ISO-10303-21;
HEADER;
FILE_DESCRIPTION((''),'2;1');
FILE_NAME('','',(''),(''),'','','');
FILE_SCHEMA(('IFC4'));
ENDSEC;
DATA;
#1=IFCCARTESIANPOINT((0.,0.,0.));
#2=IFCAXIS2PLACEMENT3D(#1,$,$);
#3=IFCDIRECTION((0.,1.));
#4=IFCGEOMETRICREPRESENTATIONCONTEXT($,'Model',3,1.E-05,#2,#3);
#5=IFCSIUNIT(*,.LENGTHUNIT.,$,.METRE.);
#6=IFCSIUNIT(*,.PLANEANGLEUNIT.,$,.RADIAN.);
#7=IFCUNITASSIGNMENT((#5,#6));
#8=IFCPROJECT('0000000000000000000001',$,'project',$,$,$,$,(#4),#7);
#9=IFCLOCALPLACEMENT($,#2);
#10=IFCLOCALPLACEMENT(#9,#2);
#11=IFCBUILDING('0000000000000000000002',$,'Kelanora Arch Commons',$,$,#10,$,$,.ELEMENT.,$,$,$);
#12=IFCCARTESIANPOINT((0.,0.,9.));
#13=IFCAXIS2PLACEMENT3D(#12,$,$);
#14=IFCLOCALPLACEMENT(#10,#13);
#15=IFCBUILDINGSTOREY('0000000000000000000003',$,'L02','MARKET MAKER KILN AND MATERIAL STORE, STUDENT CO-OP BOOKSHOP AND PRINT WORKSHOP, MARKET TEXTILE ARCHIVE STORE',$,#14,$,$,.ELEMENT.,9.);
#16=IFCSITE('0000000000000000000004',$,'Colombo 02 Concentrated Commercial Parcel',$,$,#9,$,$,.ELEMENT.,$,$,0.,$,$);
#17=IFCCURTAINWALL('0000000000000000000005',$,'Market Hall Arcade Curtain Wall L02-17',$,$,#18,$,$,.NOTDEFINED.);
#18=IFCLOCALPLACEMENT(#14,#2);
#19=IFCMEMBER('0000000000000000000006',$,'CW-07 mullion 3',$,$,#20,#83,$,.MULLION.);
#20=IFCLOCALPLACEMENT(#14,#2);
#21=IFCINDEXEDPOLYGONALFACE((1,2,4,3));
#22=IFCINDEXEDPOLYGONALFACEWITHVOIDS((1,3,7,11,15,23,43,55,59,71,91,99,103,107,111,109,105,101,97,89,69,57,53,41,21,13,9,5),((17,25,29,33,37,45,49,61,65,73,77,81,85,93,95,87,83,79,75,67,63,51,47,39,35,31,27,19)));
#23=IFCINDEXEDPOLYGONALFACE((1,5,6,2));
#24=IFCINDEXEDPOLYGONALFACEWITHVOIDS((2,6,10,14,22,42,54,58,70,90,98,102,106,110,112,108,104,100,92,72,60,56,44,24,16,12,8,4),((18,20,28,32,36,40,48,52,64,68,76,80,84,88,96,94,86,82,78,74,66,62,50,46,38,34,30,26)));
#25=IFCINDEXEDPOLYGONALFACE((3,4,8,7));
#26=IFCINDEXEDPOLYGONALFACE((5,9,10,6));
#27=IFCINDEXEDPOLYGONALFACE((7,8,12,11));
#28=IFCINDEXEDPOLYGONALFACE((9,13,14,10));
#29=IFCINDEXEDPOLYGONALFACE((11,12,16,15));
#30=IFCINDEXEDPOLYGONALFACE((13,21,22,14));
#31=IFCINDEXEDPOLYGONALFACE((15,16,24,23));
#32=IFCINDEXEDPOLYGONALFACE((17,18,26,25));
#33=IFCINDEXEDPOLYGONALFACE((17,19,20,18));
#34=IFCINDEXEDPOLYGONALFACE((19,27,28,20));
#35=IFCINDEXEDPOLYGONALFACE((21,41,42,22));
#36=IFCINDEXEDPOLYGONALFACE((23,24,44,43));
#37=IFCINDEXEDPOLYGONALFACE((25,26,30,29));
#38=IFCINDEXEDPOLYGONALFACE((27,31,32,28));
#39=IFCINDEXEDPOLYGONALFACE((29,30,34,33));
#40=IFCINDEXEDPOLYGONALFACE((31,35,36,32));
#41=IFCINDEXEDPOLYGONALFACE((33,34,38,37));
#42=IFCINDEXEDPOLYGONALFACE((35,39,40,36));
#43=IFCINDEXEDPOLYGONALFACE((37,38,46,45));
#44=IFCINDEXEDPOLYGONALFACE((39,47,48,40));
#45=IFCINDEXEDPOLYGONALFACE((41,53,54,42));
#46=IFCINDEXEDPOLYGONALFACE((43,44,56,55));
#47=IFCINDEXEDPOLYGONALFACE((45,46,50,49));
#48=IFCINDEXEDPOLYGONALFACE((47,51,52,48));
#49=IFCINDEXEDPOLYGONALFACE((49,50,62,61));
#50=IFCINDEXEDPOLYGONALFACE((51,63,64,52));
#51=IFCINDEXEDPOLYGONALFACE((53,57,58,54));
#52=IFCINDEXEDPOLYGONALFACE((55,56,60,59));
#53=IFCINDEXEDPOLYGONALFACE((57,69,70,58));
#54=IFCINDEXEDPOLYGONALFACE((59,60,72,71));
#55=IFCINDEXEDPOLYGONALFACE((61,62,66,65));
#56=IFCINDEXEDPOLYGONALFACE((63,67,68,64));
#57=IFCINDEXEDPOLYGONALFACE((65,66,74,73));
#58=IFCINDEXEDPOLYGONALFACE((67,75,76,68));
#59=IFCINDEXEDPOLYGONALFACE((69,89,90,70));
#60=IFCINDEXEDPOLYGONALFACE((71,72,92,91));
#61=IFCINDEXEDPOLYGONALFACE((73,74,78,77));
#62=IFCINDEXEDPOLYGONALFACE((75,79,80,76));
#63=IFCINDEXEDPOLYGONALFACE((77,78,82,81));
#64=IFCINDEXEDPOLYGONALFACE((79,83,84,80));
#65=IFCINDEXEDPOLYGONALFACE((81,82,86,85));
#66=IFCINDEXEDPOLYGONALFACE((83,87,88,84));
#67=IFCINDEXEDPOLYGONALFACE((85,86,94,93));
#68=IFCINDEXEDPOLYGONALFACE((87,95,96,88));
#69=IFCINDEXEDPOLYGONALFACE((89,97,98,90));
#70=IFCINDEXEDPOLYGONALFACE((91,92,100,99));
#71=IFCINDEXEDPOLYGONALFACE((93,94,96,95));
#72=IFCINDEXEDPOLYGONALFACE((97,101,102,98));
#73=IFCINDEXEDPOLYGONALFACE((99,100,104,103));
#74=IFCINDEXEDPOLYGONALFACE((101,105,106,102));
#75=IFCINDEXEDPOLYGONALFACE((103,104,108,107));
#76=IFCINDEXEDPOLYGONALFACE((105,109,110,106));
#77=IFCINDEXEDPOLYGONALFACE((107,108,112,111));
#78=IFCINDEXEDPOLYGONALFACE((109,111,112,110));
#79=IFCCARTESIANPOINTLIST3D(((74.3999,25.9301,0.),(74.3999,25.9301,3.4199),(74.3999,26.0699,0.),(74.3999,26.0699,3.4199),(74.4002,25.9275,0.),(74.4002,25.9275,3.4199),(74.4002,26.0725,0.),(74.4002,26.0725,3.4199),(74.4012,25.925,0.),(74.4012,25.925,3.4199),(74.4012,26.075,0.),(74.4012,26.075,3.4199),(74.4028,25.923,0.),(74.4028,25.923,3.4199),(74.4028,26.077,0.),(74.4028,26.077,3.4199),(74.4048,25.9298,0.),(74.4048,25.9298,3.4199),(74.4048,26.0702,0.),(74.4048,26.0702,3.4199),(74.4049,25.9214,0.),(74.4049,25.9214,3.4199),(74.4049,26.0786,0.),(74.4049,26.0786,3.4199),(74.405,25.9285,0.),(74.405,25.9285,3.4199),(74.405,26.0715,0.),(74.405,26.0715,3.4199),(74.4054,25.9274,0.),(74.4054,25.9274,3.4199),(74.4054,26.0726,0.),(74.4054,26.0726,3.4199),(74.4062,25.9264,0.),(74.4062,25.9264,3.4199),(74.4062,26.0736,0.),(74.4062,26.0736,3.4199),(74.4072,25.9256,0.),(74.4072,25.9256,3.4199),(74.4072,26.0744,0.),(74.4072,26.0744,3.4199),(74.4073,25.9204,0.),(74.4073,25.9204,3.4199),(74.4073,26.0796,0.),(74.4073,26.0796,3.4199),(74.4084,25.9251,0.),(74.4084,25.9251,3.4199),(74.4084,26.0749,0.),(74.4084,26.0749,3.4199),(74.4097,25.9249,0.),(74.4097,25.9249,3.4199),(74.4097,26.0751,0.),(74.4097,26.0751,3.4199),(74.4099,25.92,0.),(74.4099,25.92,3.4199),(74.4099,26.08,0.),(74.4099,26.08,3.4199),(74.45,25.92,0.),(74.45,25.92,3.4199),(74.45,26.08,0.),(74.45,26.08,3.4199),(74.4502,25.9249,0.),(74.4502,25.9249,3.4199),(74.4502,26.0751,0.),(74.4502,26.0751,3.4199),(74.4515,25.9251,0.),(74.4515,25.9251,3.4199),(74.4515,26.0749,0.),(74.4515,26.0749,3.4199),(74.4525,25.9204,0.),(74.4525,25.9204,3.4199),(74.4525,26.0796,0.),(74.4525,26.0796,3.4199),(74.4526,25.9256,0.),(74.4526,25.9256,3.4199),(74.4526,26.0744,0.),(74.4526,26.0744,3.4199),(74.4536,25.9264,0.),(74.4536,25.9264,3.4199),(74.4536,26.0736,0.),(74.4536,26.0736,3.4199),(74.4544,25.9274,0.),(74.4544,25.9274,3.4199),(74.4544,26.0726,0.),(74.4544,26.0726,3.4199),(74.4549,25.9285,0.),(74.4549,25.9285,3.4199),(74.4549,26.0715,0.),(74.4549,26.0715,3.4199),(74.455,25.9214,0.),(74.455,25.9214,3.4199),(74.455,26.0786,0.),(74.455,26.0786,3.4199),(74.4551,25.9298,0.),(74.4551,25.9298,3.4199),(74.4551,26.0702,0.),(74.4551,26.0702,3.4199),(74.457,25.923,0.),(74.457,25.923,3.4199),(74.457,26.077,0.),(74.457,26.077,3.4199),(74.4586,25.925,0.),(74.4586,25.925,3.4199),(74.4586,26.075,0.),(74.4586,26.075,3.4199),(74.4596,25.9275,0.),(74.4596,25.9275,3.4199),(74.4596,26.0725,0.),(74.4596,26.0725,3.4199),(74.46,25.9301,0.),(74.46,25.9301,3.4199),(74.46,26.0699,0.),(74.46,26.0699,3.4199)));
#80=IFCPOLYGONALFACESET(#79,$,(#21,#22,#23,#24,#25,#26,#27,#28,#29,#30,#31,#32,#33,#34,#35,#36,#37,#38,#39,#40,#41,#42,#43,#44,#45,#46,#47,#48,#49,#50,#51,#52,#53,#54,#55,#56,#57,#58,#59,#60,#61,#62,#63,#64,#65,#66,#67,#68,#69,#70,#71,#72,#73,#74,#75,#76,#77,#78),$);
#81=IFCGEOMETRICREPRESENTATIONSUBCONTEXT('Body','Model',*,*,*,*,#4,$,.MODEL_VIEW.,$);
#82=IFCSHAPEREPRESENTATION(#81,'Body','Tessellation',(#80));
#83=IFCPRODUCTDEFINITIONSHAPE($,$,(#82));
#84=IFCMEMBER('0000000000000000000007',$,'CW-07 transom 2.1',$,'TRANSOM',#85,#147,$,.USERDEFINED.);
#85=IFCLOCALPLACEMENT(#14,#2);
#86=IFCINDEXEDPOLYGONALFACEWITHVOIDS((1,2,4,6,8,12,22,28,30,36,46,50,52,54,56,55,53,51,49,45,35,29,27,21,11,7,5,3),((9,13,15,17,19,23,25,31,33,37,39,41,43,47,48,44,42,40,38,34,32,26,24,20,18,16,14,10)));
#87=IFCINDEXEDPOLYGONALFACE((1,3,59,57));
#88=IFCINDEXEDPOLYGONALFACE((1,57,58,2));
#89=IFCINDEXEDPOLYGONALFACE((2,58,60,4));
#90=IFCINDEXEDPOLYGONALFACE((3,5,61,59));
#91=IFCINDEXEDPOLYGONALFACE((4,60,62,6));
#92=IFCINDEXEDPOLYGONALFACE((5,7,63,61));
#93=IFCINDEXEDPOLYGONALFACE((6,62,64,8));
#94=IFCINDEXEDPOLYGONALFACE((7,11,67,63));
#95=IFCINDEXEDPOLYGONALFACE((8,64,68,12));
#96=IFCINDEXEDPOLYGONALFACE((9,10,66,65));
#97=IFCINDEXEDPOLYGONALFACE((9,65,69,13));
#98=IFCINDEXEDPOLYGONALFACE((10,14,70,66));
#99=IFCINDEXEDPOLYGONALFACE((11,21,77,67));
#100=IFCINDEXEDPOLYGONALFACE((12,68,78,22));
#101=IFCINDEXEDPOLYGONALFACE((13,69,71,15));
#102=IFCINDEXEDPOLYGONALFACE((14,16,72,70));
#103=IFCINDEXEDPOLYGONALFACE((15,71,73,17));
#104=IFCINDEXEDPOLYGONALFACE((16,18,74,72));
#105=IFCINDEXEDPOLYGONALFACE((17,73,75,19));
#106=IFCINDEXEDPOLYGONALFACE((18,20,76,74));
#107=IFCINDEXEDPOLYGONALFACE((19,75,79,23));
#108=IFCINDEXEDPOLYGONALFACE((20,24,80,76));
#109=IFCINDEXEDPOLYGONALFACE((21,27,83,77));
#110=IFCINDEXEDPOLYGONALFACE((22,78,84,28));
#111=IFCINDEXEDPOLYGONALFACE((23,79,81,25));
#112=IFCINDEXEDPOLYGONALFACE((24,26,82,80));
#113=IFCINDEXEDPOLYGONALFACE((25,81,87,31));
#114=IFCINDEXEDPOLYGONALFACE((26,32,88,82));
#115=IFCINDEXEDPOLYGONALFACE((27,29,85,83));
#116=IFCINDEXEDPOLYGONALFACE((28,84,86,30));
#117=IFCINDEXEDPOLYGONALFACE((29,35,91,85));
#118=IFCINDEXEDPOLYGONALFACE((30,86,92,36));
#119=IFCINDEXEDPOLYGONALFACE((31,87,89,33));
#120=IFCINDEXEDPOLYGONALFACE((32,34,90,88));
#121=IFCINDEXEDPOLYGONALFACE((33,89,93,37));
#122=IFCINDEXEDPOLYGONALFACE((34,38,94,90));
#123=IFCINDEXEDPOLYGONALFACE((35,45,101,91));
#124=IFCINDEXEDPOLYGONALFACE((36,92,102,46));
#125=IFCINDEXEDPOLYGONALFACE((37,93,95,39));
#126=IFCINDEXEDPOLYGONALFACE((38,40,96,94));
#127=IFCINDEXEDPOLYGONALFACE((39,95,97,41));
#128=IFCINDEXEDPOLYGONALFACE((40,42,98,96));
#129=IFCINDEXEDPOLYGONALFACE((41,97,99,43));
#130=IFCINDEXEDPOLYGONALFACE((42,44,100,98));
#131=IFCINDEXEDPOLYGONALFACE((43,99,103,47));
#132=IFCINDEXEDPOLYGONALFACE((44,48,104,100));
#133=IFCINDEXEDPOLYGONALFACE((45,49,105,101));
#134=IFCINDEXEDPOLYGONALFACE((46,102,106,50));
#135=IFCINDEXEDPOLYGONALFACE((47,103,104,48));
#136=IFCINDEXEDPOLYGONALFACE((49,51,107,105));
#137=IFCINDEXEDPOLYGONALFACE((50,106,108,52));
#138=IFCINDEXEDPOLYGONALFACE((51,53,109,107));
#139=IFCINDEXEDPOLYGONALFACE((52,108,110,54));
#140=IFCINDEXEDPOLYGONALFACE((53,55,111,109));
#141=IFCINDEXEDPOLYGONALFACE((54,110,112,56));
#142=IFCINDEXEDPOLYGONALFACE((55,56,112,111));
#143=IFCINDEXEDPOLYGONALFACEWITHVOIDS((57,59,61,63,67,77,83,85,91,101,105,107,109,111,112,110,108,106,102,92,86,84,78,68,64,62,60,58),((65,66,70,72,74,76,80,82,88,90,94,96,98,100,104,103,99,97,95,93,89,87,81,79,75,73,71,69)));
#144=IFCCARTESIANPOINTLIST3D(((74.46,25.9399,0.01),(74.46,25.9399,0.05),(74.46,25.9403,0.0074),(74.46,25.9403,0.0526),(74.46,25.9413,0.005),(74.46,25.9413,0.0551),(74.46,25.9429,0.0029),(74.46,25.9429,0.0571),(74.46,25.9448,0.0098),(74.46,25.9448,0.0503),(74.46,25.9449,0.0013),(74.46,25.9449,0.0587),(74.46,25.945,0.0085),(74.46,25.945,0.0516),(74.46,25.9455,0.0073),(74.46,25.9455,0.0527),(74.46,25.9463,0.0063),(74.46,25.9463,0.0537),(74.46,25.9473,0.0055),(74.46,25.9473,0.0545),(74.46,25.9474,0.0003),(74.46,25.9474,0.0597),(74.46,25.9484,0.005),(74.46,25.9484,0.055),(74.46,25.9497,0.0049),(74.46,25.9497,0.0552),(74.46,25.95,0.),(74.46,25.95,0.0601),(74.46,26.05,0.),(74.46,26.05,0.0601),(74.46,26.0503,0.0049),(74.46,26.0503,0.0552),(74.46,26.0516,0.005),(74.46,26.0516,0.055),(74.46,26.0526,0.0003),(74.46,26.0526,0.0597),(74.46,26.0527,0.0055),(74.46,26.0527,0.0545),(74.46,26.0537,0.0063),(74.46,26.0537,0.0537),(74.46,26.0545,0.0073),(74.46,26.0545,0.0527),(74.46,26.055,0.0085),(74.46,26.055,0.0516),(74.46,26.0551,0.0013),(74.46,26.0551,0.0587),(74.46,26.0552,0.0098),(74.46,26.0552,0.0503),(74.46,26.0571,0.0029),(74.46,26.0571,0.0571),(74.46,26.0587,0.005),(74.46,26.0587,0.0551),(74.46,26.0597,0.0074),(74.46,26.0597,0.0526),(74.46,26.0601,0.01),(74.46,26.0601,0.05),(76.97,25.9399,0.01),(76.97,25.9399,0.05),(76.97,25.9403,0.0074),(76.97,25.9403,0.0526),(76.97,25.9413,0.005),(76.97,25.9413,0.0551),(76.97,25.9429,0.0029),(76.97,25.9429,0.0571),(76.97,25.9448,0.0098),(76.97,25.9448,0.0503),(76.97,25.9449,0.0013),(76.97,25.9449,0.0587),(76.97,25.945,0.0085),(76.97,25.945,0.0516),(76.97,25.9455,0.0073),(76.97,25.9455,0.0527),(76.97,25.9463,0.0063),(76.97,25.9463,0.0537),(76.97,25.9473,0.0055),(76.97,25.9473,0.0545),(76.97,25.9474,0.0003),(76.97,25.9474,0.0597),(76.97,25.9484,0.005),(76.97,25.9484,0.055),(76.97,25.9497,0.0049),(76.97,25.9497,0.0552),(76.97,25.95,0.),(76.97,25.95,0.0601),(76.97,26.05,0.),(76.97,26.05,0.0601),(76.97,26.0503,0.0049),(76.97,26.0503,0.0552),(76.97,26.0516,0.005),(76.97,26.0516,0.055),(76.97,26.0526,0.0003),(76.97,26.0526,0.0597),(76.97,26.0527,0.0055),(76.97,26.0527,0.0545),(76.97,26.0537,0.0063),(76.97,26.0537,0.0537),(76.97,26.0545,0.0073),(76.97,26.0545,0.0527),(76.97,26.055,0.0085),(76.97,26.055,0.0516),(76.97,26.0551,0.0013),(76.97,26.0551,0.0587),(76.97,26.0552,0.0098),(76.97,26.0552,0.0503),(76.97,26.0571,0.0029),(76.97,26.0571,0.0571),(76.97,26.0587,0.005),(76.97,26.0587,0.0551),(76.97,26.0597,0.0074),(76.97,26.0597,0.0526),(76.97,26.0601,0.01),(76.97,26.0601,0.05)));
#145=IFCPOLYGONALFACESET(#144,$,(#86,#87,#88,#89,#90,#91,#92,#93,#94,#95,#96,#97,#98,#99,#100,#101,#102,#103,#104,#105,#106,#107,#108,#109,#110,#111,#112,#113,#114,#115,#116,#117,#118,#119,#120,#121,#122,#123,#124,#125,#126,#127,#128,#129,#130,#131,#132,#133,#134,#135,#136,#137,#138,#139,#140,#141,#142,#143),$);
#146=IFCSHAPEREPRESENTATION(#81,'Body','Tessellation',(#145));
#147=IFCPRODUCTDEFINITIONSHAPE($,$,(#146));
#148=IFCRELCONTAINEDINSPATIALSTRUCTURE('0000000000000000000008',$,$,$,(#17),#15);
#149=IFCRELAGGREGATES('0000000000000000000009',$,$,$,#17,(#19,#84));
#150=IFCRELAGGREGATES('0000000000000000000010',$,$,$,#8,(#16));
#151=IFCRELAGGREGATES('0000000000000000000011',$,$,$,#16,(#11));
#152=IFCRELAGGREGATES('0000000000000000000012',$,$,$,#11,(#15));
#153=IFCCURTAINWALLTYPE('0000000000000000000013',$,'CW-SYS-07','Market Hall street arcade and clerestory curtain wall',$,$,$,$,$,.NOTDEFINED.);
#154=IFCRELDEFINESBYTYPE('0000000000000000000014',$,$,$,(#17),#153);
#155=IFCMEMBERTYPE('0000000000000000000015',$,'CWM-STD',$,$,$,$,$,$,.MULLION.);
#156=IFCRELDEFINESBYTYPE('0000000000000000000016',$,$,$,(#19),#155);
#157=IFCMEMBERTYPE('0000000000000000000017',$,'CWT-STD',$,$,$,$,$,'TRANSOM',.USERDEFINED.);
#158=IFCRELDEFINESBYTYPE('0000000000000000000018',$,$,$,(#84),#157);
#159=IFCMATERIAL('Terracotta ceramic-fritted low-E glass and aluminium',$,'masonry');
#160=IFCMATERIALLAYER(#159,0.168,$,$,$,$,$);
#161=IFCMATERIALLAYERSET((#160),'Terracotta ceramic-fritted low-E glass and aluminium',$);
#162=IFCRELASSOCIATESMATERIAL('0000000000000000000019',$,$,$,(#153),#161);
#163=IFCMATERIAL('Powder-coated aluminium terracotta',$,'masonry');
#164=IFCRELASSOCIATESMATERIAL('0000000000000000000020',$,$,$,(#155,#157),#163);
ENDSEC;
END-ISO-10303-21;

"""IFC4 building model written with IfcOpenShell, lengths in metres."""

from ifc_helpers import new_model, si_unit, direction, frame, origin, origin_2d, place, context, subcontext, project, spatial, hollow_rectangle, extrude, material, layer, layer_set, material_profile, profile_set, type_object, element, aggregate, save


model = new_model("IFC4")

# Units and contexts
model_context = context("Model", 3, precision=1e-05, world=origin(), true_north=direction((0.0, 1.0)))
body_context = subcontext(model_context, "Body", "Model", "MODEL_VIEW")
ifc_project = project(units=[si_unit("LENGTHUNIT", "METRE"), si_unit("PLANEANGLEUNIT", "RADIAN")], contexts=[model_context])

# Site, building, storey
site_placement = place(None, origin())
site = spatial("IfcSite", under=ifc_project, at=site_placement, Name="Colombo 02 Concentrated Commercial Parcel", CompositionType="ELEMENT", RefElevation=0.0)
building_placement = place(site_placement, origin())
building = spatial("IfcBuilding", under=site, at=building_placement, Name="Kelanora Arch Commons", CompositionType="ELEMENT")
storey_placement = place(building_placement, frame((0.0, 0.0, 9.0)))
storey = spatial("IfcBuildingStorey", under=building, at=storey_placement, Name="L02", Description="MARKET MAKER KILN AND MATERIAL STORE, STUDENT CO-OP BOOKSHOP AND PRINT WORKSHOP, MARKET TEXTILE ARCHIVE STORE", CompositionType="ELEMENT", Elevation=9.0)

# Curtain wall, members
ifc_material_1 = material(Name="Terracotta ceramic-fritted low-E glass and aluminium", Category="masonry")
ifc_layer_1 = layer(ifc_material_1, 0.168)
ifc_layer_set_1 = layer_set([ifc_layer_1], Name="Terracotta ceramic-fritted low-E glass and aluminium")
curtain_wall_type = type_object("IfcCurtainWallType", Name="CW-SYS-07", Description="Market Hall street arcade and clerestory curtain wall", PredefinedType="NOTDEFINED", material=ifc_layer_set_1)
curtain_wall_placement = place(storey_placement, origin())
curtain_wall = element("IfcCurtainWall", 1, at=curtain_wall_placement, inside=storey, type_object=curtain_wall_type, Name="Market Hall Arcade Curtain Wall L02-17", PredefinedType="NOTDEFINED")
ifc_material_2 = material(Name="Powder-coated aluminium terracotta", Category="masonry")
ifc_material_profile_1 = material_profile(ifc_material_2, hollow_rectangle(XDim=0.1599, YDim=0.0601, WallThickness=0.0049, InnerFilletRadius=0.0049, OuterFilletRadius=0.01, at=origin_2d()), Name="CWM160x60")
ifc_profile_set_1 = profile_set([ifc_material_profile_1], Name="Powder-coated aluminium terracotta")
member_type_1 = type_object("IfcMemberType", Name="CWM-STD", PredefinedType="MULLION", material=ifc_profile_set_1)
member_1_placement = place(storey_placement, frame((74.4299, 26.0, 0.0), z_axis=(0.0, 0.0, 1.0), x_axis=(0.0, -1.0, 0.0)))
member_1 = element("IfcMember", 2, at=member_1_placement, type_object=member_type_1, Name="CW-07 mullion 3", PredefinedType="MULLION", context=body_context, shape_type="SweptSolid", body=[
    extrude(hollow_rectangle(XDim=0.1599, YDim=0.0601, WallThickness=0.0049, InnerFilletRadius=0.0049, OuterFilletRadius=0.01, at=origin_2d()), origin(), (0.0, 0.0, 1.0), 3.4199),
])
ifc_material_profile_2 = material_profile(ifc_material_2, hollow_rectangle(XDim=0.1201, YDim=0.0601, WallThickness=0.0049, InnerFilletRadius=0.0049, OuterFilletRadius=0.01, at=origin_2d()), Name="CWT120x60")
ifc_profile_set_2 = profile_set([ifc_material_profile_2], Name="Powder-coated aluminium terracotta")
member_type_2 = type_object("IfcMemberType", Name="CWT-STD", ElementType="TRANSOM", PredefinedType="USERDEFINED", material=ifc_profile_set_2)
member_2_placement = place(storey_placement, frame((76.97, 26.0, 0.03), z_axis=(-1.0, 0.0, 0.0), x_axis=(0.0, -1.0, 0.0)))
member_2 = element("IfcMember", 3, at=member_2_placement, type_object=member_type_2, Name="CW-07 transom 2.1", ObjectType="TRANSOM", PredefinedType="USERDEFINED", context=body_context, shape_type="SweptSolid", body=[
    extrude(hollow_rectangle(XDim=0.1201, YDim=0.0601, WallThickness=0.0049, InnerFilletRadius=0.0049, OuterFilletRadius=0.01, at=origin_2d()), origin(), (0.0, 0.0, 1.0), 2.51),
])
aggregate(curtain_wall, [member_1, member_2])

save(model, "model.ifc")
